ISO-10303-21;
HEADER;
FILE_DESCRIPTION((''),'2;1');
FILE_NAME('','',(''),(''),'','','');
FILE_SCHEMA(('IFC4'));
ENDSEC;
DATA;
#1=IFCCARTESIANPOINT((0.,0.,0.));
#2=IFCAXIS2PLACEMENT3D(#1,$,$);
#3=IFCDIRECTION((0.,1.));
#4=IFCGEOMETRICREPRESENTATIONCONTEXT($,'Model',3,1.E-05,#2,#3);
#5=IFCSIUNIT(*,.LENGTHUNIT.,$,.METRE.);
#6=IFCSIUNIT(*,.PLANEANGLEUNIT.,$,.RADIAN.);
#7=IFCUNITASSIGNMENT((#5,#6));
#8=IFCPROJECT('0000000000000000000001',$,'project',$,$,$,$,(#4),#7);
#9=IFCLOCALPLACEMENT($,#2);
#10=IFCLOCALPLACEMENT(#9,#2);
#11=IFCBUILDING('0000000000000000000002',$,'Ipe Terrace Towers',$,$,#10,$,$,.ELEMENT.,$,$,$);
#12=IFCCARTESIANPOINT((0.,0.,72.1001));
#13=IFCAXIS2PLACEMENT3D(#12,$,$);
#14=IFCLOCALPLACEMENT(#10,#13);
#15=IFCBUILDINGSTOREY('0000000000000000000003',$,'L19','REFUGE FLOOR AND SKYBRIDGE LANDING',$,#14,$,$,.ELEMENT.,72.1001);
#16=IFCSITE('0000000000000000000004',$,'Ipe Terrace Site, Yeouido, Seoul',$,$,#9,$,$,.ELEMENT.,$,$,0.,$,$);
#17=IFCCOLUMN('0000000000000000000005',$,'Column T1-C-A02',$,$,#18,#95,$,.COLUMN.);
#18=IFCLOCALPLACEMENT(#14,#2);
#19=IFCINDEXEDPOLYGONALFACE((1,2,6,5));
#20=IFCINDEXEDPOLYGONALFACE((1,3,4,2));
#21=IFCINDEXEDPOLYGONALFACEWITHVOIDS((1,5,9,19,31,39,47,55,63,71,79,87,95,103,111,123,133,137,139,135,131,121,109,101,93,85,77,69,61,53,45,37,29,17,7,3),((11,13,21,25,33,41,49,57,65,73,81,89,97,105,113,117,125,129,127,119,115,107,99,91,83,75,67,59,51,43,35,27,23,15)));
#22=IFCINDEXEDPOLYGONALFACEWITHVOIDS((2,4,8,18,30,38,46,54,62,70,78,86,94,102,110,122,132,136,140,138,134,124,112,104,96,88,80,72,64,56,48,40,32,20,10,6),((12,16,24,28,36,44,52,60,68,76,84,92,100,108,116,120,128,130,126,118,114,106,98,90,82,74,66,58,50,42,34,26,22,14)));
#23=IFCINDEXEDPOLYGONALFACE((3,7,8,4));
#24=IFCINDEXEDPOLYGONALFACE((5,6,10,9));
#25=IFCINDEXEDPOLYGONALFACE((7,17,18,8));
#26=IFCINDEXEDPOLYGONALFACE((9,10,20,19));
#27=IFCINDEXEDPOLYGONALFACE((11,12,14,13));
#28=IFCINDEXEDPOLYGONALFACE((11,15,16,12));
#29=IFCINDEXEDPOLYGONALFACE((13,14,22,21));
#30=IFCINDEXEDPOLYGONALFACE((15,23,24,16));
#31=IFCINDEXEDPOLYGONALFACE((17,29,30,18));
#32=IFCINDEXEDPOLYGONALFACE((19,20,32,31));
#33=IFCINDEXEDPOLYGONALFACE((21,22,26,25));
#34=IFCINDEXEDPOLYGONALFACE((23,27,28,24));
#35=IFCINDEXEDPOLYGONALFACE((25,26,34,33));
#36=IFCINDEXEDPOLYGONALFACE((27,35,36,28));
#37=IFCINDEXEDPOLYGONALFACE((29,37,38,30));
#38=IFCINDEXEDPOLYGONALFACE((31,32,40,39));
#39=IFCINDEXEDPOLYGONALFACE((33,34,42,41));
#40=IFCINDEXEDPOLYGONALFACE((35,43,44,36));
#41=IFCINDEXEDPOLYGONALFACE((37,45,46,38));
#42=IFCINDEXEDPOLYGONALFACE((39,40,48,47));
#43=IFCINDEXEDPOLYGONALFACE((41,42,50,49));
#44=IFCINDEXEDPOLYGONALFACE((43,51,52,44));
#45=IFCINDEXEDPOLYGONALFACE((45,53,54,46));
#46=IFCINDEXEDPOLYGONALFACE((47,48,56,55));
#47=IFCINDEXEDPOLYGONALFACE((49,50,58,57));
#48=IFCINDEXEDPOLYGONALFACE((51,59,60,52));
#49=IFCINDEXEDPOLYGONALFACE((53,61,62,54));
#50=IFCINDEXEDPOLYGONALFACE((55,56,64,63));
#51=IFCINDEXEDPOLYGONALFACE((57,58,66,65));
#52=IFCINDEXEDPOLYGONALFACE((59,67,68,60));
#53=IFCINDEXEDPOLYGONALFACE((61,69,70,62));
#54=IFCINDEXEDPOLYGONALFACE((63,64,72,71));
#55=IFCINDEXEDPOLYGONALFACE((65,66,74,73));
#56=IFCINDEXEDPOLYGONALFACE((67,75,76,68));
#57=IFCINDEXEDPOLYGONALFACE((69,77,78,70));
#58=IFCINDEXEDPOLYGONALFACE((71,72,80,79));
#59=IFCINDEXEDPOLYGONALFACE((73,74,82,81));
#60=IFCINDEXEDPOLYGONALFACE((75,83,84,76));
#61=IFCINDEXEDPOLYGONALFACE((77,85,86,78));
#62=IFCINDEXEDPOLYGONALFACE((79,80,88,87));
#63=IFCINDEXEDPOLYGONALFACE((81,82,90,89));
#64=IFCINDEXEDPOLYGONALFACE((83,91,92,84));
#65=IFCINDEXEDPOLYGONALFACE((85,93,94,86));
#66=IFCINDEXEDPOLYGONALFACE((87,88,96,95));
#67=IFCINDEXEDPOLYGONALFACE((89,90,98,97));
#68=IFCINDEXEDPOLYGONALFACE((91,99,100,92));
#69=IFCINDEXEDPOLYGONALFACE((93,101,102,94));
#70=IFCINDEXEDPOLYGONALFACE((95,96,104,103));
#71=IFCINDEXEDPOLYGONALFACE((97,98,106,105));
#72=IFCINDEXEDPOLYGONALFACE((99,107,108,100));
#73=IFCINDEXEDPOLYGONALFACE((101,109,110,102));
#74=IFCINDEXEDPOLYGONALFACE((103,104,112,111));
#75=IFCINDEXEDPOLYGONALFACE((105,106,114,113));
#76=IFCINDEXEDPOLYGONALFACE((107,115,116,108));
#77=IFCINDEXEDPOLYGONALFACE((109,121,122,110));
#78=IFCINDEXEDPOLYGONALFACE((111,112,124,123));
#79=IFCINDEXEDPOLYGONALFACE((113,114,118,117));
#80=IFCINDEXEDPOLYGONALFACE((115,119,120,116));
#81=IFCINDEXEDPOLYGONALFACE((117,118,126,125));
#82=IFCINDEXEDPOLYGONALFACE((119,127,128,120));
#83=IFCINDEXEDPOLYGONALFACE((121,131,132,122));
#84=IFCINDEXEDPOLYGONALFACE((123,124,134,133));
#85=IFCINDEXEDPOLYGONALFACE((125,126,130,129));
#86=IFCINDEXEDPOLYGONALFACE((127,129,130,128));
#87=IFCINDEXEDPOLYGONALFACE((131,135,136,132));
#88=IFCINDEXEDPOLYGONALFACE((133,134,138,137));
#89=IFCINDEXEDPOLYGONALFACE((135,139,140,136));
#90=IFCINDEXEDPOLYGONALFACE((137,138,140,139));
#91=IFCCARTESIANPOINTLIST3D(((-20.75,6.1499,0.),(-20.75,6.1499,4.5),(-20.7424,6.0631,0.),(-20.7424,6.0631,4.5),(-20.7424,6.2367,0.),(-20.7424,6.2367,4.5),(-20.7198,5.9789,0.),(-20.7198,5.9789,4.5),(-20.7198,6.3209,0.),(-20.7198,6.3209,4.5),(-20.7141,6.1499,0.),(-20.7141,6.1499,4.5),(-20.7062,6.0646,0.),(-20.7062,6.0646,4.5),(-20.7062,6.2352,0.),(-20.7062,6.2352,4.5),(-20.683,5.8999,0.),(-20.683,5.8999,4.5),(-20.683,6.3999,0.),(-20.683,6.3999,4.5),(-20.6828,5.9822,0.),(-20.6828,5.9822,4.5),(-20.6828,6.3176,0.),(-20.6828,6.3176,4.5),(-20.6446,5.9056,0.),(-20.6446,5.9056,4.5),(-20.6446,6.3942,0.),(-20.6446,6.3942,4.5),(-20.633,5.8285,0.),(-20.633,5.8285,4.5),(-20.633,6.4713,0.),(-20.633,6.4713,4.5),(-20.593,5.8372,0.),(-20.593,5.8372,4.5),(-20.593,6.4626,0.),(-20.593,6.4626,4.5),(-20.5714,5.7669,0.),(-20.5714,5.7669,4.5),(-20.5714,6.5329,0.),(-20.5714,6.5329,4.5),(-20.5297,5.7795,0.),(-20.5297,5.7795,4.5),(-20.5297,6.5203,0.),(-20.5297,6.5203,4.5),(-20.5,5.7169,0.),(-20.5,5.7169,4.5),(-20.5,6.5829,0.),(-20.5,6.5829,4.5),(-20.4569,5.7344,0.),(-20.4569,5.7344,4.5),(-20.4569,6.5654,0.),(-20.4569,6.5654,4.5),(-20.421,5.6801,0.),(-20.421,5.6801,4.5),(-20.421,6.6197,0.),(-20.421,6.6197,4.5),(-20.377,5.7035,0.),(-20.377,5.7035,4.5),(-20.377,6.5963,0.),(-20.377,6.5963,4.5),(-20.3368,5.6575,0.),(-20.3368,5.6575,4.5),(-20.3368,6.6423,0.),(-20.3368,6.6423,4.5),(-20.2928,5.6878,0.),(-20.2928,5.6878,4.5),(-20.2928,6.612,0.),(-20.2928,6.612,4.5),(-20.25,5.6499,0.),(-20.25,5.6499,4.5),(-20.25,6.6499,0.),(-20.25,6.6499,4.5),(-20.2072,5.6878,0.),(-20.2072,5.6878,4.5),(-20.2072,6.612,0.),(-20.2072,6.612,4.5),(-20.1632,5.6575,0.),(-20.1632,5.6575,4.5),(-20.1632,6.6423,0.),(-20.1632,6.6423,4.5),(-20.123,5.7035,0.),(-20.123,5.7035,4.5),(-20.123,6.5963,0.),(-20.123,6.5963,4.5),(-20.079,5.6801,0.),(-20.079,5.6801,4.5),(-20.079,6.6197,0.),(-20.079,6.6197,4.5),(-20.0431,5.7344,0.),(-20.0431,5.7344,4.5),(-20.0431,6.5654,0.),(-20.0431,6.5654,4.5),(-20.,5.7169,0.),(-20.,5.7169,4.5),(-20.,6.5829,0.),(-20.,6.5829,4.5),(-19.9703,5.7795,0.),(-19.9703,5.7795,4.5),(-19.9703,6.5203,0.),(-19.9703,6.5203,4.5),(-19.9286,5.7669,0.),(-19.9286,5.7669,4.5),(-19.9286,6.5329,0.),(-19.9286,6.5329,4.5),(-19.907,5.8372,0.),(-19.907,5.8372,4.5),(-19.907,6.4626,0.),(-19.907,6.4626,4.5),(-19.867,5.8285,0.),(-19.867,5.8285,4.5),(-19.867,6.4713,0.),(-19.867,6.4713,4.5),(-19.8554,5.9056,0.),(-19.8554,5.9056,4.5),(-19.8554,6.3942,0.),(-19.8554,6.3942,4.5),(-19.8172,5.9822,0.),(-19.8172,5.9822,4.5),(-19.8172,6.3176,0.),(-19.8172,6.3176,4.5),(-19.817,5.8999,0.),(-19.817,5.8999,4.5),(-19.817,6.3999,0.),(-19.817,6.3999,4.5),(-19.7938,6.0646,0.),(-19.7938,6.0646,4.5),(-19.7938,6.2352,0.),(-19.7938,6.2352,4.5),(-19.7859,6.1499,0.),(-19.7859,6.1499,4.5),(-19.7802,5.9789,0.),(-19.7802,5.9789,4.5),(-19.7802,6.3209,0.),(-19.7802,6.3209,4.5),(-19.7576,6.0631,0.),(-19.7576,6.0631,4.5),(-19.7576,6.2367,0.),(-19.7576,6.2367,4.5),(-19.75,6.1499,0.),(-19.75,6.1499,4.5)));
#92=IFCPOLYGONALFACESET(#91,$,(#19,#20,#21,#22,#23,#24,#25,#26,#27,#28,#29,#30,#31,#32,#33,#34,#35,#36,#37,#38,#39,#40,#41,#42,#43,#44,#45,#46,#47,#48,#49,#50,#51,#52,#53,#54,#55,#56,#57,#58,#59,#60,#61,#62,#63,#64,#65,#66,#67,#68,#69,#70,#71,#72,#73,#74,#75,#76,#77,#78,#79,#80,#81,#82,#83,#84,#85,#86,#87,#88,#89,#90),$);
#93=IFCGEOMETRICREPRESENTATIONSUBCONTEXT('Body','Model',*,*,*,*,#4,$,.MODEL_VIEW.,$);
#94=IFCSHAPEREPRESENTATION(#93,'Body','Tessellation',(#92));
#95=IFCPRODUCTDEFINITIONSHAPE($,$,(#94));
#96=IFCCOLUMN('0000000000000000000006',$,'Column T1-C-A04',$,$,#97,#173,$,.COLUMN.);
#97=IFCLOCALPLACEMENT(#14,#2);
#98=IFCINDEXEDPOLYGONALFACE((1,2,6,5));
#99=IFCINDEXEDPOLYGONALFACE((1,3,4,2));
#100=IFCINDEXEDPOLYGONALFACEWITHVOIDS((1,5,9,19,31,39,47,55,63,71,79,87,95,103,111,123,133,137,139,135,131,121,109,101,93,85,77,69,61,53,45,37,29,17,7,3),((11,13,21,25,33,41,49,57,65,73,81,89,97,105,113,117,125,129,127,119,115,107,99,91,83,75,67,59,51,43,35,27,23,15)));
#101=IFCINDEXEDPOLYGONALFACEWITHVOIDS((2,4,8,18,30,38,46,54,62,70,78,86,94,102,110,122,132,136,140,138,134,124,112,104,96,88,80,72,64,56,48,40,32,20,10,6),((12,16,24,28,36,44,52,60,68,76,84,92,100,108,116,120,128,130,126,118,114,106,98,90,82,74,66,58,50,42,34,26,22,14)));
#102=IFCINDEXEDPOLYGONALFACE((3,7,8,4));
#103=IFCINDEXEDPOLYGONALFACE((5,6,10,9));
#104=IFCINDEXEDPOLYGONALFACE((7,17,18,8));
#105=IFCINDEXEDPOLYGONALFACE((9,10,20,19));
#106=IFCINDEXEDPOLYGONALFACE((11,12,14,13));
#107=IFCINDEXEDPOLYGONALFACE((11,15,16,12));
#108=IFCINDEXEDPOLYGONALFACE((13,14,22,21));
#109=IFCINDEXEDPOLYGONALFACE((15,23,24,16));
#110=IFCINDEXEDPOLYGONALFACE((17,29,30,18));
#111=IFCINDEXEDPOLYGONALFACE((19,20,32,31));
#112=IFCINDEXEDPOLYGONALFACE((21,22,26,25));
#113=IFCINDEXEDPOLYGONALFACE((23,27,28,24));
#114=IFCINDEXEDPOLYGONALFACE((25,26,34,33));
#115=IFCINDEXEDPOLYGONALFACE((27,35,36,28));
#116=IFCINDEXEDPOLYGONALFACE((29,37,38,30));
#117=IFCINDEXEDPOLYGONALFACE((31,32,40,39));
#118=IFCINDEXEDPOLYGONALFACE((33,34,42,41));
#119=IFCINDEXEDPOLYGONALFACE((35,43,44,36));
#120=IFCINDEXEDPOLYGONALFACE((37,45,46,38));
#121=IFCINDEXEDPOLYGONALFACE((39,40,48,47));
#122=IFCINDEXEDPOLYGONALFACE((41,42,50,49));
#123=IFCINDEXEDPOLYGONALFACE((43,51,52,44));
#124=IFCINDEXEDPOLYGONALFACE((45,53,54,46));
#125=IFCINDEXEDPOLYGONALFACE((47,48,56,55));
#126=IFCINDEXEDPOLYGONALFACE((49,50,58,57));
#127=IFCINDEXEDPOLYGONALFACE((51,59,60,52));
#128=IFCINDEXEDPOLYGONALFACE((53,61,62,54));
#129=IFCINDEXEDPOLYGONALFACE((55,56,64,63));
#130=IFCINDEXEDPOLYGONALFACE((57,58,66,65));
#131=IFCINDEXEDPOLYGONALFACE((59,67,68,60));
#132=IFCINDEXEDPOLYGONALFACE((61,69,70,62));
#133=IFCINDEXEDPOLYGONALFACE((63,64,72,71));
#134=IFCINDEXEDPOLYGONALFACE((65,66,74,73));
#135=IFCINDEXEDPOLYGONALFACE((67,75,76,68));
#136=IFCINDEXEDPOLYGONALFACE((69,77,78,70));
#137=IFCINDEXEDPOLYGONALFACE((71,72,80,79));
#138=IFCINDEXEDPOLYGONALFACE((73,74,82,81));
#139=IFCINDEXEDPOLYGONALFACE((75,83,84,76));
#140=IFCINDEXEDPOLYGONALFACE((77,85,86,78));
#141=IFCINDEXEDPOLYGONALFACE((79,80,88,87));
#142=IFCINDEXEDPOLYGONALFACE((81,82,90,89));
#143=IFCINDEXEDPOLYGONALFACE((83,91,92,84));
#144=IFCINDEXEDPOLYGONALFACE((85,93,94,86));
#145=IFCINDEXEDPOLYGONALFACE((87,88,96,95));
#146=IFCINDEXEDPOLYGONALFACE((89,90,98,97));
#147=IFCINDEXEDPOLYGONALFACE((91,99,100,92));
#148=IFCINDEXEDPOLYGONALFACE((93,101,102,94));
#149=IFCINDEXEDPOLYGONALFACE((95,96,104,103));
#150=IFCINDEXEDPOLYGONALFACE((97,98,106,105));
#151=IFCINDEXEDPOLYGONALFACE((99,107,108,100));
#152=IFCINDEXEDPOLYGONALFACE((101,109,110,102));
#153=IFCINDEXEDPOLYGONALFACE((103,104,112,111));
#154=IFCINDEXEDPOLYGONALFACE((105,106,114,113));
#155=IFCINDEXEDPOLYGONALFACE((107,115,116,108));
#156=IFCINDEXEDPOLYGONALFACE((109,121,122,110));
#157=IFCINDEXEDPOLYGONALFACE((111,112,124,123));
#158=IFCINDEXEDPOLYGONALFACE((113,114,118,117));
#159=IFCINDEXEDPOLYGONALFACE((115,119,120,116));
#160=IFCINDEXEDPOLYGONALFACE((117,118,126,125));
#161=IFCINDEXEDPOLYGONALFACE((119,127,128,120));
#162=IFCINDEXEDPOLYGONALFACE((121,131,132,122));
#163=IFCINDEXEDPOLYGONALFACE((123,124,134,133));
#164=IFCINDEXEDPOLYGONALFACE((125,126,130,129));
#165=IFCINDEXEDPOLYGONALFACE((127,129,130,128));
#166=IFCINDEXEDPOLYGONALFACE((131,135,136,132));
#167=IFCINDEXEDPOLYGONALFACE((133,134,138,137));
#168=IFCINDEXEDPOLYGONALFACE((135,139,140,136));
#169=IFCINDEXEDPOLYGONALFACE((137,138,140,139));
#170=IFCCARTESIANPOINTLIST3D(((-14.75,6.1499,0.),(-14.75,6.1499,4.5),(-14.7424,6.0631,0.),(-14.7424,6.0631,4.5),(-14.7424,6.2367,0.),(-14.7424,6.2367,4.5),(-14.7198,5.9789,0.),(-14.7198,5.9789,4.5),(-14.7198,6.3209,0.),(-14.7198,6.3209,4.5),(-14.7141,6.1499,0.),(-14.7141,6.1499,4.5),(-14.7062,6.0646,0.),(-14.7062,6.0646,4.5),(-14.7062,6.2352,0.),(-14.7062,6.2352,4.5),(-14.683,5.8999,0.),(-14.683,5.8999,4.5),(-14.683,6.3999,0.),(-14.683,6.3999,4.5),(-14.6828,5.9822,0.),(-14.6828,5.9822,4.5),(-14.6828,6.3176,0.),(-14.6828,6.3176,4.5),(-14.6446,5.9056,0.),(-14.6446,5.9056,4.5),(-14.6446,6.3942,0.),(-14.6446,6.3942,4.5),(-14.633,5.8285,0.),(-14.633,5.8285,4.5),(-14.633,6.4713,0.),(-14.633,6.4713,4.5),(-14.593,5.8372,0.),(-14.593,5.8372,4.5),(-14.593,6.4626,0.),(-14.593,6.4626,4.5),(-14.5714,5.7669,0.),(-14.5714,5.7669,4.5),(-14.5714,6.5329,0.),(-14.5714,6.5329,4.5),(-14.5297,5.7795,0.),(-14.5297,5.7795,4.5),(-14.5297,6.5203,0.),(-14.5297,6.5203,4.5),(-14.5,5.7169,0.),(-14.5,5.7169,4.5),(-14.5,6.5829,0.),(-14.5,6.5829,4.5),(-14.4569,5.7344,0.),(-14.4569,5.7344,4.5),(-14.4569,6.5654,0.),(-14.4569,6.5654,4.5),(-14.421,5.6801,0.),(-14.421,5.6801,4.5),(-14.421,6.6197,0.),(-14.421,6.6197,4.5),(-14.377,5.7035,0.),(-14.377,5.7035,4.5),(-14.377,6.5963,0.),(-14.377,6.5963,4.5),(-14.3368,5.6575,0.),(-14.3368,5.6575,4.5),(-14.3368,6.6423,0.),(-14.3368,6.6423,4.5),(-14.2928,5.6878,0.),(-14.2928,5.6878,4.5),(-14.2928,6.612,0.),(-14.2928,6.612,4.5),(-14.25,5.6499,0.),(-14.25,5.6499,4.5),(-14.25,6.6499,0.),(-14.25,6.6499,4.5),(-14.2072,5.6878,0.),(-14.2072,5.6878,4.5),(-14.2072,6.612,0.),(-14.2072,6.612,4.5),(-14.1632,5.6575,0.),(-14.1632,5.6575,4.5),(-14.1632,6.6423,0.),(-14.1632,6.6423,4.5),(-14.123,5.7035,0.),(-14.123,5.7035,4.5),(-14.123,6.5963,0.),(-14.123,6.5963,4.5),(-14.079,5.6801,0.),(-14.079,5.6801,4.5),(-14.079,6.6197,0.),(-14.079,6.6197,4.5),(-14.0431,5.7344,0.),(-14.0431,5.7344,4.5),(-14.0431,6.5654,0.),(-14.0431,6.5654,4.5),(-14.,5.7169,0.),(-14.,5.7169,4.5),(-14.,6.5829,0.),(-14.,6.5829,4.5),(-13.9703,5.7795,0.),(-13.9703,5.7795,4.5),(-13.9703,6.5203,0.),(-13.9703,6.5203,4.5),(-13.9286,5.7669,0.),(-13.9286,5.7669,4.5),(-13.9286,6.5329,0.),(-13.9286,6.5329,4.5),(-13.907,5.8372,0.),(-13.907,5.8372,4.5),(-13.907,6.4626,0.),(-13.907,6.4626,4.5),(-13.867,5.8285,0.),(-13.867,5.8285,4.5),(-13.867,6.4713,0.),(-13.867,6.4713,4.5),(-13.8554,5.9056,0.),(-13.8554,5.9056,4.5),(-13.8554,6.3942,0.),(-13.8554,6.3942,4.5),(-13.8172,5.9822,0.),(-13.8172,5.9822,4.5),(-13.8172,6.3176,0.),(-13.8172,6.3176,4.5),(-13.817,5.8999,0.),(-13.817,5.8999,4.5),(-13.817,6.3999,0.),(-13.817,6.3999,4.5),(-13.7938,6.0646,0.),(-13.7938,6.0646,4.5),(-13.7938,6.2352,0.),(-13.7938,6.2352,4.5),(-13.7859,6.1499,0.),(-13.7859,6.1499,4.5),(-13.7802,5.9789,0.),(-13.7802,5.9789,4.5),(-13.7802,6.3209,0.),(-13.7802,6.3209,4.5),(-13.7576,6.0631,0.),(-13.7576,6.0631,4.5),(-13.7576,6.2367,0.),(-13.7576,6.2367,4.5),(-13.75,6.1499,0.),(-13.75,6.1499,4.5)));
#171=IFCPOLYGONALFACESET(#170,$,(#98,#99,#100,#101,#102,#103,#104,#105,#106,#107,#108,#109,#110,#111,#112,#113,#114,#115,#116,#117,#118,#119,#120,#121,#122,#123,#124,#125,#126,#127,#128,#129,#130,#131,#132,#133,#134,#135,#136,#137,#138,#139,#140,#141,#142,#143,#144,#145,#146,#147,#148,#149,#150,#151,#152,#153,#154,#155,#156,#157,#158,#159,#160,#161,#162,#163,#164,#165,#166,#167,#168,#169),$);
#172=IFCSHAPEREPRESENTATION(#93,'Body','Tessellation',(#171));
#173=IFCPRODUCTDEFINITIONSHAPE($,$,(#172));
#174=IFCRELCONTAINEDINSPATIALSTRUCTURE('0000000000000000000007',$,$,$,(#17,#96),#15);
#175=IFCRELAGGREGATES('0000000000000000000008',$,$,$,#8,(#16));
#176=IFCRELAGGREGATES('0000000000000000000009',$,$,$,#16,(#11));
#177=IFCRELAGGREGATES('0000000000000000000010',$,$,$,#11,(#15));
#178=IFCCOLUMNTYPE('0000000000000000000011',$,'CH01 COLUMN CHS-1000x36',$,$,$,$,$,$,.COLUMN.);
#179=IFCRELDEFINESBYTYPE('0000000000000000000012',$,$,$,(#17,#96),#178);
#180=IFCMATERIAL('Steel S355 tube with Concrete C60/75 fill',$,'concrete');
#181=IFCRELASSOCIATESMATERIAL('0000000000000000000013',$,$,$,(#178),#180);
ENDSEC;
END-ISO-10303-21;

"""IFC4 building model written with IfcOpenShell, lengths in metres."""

from ifc_helpers import new_model, si_unit, direction, frame, origin, origin_2d, place, context, subcontext, project, spatial, hollow_circle, extrude, material, material_profile, profile_set, type_object, element, save


model = new_model("IFC4")

# Units and contexts
model_context = context("Model", 3, precision=1e-05, world=origin(), true_north=direction((0.0, 1.0)))
body_context = subcontext(model_context, "Body", "Model", "MODEL_VIEW")
ifc_project = project(units=[si_unit("LENGTHUNIT", "METRE"), si_unit("PLANEANGLEUNIT", "RADIAN")], contexts=[model_context])

# Site, building, storey
site_placement = place(None, origin())
site = spatial("IfcSite", under=ifc_project, at=site_placement, Name="Ipe Terrace Site, Yeouido, Seoul", CompositionType="ELEMENT", RefElevation=0.0)
building_placement = place(site_placement, origin())
building = spatial("IfcBuilding", under=site, at=building_placement, Name="Ipe Terrace Towers", CompositionType="ELEMENT")
storey_placement = place(building_placement, frame((0.0, 0.0, 72.1001)))
storey = spatial("IfcBuildingStorey", under=building, at=storey_placement, Name="L19", Description="REFUGE FLOOR AND SKYBRIDGE LANDING", CompositionType="ELEMENT", Elevation=72.1001)

# Columns
ifc_material_1 = material(Name="Steel S355 tube with Concrete C60/75 fill", Category="concrete")
ifc_material_profile_1 = material_profile(ifc_material_1, hollow_circle(Radius=0.5, WallThickness=0.0359, at=origin_2d()), Name="CHS-1000x36")
ifc_profile_set_1 = profile_set([ifc_material_profile_1], Name="Steel S355 tube with Concrete C60/75 fill")
column_type = type_object("IfcColumnType", Name="CH01 COLUMN CHS-1000x36", PredefinedType="COLUMN", material=ifc_profile_set_1)
for number, where, z_axis, x_axis, name in (
    (1, (-20.25, 6.1499, 0.0), (0.0, 0.0, 1.0), (1.0, 0.0, 0.0), "Column T1-C-A02"),
    (2, (-14.25, 6.1499, 0.0), (0.0, 0.0, 1.0), (1.0, 0.0, 0.0), "Column T1-C-A04"),
):
    element("IfcColumn", number, at=place(storey_placement, frame(where, z_axis=z_axis, x_axis=x_axis)), inside=storey, type_object=column_type, Name=name, PredefinedType="COLUMN", context=body_context, shape_type="SweptSolid", body=[
        extrude(hollow_circle(Radius=0.5, WallThickness=0.0359, at=origin_2d()), origin(), (0.0, 0.0, 1.0), 4.5),
    ])

save(model, "model.ifc")
